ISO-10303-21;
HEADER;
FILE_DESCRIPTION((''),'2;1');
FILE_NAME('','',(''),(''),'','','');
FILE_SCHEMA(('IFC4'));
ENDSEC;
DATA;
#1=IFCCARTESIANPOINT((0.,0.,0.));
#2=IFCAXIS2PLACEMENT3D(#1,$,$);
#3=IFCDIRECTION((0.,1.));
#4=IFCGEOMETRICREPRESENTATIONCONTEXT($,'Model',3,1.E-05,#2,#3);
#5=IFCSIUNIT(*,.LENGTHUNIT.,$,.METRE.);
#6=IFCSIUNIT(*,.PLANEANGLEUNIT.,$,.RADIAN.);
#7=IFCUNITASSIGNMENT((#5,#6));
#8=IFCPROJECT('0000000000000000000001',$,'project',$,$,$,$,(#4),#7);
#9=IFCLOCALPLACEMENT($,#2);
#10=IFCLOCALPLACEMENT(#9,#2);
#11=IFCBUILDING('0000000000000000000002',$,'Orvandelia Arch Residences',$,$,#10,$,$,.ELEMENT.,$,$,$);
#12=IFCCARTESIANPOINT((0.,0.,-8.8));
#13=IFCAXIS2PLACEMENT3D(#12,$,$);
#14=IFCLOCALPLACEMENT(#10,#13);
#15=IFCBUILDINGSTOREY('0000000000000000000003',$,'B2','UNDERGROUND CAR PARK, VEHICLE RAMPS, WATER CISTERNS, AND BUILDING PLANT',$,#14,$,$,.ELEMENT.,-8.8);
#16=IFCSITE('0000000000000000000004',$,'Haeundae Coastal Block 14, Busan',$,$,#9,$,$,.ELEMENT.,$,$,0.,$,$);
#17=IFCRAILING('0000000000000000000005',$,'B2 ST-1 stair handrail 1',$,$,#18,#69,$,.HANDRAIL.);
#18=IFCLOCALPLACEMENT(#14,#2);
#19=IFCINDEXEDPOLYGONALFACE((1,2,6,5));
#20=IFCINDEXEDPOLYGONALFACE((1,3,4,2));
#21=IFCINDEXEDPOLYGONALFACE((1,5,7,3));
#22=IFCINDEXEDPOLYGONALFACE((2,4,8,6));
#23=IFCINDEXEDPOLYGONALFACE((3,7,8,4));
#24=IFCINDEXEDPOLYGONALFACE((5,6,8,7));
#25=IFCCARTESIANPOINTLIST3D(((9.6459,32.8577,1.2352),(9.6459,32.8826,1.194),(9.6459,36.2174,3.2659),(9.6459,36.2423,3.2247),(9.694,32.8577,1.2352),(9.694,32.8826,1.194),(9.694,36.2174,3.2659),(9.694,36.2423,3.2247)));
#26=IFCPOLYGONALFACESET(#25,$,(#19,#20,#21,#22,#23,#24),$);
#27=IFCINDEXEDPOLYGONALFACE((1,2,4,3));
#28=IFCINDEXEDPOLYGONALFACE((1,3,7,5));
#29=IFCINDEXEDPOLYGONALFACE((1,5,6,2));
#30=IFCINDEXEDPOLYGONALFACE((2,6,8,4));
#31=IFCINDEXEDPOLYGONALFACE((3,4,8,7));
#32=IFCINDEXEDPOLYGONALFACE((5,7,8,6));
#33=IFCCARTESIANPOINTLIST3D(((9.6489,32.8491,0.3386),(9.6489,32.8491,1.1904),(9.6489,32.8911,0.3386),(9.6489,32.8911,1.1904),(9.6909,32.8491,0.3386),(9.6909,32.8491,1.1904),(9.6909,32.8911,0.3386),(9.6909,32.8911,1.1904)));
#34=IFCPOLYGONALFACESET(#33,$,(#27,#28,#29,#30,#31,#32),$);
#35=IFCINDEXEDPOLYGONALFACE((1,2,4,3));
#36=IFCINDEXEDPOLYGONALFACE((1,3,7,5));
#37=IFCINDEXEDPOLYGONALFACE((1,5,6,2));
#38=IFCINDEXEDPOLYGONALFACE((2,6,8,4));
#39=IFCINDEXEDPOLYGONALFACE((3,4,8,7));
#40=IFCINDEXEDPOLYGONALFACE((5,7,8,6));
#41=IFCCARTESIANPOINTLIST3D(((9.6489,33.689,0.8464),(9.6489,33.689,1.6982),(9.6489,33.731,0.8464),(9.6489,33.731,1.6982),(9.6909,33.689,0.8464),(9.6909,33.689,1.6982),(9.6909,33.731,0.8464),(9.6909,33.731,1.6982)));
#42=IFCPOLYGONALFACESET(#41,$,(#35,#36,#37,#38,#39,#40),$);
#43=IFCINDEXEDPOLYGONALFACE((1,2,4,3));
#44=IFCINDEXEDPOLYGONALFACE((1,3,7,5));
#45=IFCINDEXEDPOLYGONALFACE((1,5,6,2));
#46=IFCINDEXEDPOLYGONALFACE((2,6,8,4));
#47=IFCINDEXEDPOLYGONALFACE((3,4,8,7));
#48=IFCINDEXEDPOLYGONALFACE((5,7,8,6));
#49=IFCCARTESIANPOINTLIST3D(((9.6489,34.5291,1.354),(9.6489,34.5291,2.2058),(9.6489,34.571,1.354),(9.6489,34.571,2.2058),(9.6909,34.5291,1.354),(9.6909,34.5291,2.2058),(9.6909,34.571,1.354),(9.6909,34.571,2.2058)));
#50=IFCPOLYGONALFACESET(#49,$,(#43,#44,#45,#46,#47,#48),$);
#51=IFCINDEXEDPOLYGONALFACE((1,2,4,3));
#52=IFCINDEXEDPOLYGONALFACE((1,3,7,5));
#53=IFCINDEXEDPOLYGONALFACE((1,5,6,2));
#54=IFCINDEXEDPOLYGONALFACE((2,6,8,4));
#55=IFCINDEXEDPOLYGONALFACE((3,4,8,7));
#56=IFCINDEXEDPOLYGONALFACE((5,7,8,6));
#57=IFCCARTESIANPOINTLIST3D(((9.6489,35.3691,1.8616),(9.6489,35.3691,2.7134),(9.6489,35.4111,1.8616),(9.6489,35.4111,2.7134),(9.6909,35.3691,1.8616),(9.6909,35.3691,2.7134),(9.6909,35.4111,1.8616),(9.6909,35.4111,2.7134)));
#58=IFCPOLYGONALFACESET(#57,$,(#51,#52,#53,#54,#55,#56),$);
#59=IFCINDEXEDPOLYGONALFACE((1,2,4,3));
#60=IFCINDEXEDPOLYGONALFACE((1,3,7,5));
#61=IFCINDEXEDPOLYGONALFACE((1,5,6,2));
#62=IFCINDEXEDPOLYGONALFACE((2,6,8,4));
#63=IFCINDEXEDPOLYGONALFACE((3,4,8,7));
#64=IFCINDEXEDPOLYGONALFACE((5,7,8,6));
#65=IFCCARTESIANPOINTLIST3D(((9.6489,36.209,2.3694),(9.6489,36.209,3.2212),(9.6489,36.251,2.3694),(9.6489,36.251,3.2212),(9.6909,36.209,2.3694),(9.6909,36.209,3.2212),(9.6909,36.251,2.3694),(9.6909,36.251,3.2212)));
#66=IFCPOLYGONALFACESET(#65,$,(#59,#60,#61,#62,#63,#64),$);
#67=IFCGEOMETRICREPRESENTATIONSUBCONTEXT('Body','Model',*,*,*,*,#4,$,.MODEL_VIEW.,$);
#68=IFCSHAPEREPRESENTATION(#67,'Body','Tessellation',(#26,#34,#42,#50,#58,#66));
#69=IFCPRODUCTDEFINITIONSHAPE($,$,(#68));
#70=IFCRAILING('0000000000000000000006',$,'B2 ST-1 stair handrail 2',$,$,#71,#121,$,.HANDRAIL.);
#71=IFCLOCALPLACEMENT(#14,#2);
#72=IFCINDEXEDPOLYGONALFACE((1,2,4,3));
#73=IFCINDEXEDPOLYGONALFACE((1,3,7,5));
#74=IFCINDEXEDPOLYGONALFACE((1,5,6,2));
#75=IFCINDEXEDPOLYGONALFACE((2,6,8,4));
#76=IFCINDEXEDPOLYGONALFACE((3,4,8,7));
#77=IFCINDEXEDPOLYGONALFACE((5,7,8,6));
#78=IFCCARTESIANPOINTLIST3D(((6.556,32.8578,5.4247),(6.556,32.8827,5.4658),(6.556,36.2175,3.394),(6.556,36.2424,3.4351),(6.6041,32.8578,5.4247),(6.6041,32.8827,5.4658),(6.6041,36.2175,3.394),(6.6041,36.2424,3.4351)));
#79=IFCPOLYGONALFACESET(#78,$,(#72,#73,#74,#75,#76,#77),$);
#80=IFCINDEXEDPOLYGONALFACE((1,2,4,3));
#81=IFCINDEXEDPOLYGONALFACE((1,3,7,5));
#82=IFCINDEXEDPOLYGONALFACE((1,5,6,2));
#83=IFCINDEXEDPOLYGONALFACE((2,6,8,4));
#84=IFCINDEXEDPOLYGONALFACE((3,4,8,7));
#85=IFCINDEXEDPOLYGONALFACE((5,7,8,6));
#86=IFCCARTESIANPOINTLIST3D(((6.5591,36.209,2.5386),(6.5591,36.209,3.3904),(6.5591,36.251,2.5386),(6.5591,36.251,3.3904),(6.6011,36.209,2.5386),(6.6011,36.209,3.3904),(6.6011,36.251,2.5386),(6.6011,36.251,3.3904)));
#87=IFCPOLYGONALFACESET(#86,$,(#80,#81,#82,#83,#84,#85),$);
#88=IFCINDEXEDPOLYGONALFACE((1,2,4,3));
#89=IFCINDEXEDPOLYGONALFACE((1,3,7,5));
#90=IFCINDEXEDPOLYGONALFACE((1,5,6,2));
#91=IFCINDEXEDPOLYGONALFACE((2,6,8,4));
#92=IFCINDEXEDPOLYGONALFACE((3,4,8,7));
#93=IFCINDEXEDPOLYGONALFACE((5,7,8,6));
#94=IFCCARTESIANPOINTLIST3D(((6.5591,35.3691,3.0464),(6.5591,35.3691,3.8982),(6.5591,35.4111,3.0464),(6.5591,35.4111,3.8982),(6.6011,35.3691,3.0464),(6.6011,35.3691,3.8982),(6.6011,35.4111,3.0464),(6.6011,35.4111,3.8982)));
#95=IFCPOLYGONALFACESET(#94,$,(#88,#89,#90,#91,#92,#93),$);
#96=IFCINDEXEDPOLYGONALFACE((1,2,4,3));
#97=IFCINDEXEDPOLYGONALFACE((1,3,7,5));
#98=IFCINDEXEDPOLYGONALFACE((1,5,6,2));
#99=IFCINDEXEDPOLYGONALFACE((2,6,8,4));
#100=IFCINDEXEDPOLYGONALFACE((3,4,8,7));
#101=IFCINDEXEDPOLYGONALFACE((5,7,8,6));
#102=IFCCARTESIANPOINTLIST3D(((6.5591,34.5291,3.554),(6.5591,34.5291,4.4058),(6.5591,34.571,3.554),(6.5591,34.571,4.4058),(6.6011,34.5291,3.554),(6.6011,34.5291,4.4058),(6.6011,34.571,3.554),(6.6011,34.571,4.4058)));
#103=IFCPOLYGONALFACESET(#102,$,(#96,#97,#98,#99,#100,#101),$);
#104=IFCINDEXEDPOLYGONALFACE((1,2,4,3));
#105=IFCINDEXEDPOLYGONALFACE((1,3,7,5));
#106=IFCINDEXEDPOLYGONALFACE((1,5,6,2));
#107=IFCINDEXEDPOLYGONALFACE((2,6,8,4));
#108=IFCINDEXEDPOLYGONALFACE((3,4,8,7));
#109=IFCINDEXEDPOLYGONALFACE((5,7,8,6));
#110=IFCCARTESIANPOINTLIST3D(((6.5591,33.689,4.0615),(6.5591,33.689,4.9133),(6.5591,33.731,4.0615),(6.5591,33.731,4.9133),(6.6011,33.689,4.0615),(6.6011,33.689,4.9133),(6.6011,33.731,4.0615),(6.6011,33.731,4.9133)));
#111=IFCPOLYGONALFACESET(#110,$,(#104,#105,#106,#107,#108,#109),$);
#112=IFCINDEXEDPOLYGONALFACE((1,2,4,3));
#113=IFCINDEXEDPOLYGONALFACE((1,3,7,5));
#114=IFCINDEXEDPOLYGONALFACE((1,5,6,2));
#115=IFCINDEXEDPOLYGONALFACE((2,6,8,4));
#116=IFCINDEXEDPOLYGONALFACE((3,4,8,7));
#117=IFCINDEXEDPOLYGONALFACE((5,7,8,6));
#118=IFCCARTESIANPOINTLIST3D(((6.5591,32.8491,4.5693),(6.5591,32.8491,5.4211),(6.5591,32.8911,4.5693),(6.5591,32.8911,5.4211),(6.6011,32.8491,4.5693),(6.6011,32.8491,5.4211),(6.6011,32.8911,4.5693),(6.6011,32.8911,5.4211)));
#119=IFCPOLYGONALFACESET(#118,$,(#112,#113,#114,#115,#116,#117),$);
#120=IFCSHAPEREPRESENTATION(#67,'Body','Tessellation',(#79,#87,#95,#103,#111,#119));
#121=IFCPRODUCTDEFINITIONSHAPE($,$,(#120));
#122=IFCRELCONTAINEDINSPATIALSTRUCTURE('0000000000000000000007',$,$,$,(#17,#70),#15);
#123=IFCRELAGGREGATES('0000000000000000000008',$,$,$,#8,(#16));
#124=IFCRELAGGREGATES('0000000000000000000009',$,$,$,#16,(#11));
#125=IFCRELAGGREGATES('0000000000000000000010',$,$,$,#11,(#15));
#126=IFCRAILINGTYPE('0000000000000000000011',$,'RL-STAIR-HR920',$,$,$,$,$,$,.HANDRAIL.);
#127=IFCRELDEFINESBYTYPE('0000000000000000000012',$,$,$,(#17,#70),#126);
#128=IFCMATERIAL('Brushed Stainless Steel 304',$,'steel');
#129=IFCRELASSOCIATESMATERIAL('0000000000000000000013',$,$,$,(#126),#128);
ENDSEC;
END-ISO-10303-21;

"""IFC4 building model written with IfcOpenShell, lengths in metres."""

from ifc_helpers import new_model, si_unit, direction, frame, origin, origin_2d, place, context, subcontext, project, spatial, rectangle, extrude, material, type_object, element, save


model = new_model("IFC4")

# Units and contexts
model_context = context("Model", 3, precision=1e-05, world=origin(), true_north=direction((0.0, 1.0)))
body_context = subcontext(model_context, "Body", "Model", "MODEL_VIEW")
ifc_project = project(units=[si_unit("LENGTHUNIT", "METRE"), si_unit("PLANEANGLEUNIT", "RADIAN")], contexts=[model_context])

# Site, building, storey
site_placement = place(None, origin())
site = spatial("IfcSite", under=ifc_project, at=site_placement, Name="Haeundae Coastal Block 14, Busan", CompositionType="ELEMENT", RefElevation=0.0)
building_placement = place(site_placement, origin())
building = spatial("IfcBuilding", under=site, at=building_placement, Name="Orvandelia Arch Residences", CompositionType="ELEMENT")
storey_placement = place(building_placement, frame((0.0, 0.0, -8.8)))
storey = spatial("IfcBuildingStorey", under=building, at=storey_placement, Name="B2", Description="UNDERGROUND CAR PARK, VEHICLE RAMPS, WATER CISTERNS, AND BUILDING PLANT", CompositionType="ELEMENT", Elevation=-8.8)

# Railings
ifc_material_1 = material(Name="Brushed Stainless Steel 304", Category="steel")
railing_type_1 = type_object("IfcRailingType", Name="RL-STAIR-HR920", PredefinedType="HANDRAIL", material=ifc_material_1)
railing_1_placement = place(storey_placement, frame((9.6699, 32.8701, 0.3386)))
element("IfcRailing", 1, at=railing_1_placement, inside=storey, type_object=railing_type_1, Name="B2 ST-1 stair handrail 1", PredefinedType="HANDRAIL", context=body_context, shape_type="SweptSolid", body=[
    extrude(rectangle(XDim=0.0481, YDim=0.0481, at=origin_2d()), frame((0.0, 0.0, 0.876), z_axis=(0.0, 0.85582, 0.517273), x_axis=(-1.0, 0.0, 0.0)), (0.0, 0.0, 1.0), 3.9258),
    extrude(rectangle(XDim=0.042, YDim=0.042, at=origin_2d()), origin(), (0.0, 0.0, 1.0), 0.8518),
    extrude(rectangle(XDim=0.042, YDim=0.042, at=origin_2d()), frame((0.0, 0.8398, 0.5078)), (0.0, 0.0, 1.0), 0.8518),
    extrude(rectangle(XDim=0.042, YDim=0.042, at=origin_2d()), frame((0.0, 1.6799, 1.0154)), (0.0, 0.0, 1.0), 0.8518),
    extrude(rectangle(XDim=0.042, YDim=0.042, at=origin_2d()), frame((0.0, 2.52, 1.5229)), (0.0, 0.0, 1.0), 0.8518),
    extrude(rectangle(XDim=0.042, YDim=0.042, at=origin_2d()), frame((0.0, 3.3599, 2.0308)), (0.0, 0.0, 1.0), 0.8518),
])
railing_2_placement = place(storey_placement, frame((6.5801, 36.23, 2.5386)))
element("IfcRailing", 2, at=railing_2_placement, inside=storey, type_object=railing_type_1, Name="B2 ST-1 stair handrail 2", PredefinedType="HANDRAIL", context=body_context, shape_type="SweptSolid", body=[
    extrude(rectangle(XDim=0.0481, YDim=0.0481, at=origin_2d()), frame((0.0, 0.0, 0.876), z_axis=(0.0, -0.85582, 0.517273), x_axis=(1.0, 0.0, 0.0)), (0.0, 0.0, 1.0), 3.9258),
    extrude(rectangle(XDim=0.042, YDim=0.042, at=origin_2d()), origin(), (0.0, 0.0, 1.0), 0.8518),
    extrude(rectangle(XDim=0.042, YDim=0.042, at=origin_2d()), frame((0.0, -0.8398, 0.5078)), (0.0, 0.0, 1.0), 0.8518),
    extrude(rectangle(XDim=0.042, YDim=0.042, at=origin_2d()), frame((0.0, -1.6799, 1.0154)), (0.0, 0.0, 1.0), 0.8518),
    extrude(rectangle(XDim=0.042, YDim=0.042, at=origin_2d()), frame((0.0, -2.52, 1.5229)), (0.0, 0.0, 1.0), 0.8518),
    extrude(rectangle(XDim=0.042, YDim=0.042, at=origin_2d()), frame((0.0, -3.3599, 2.0308)), (0.0, 0.0, 1.0), 0.8518),
])

save(model, "model.ifc")
